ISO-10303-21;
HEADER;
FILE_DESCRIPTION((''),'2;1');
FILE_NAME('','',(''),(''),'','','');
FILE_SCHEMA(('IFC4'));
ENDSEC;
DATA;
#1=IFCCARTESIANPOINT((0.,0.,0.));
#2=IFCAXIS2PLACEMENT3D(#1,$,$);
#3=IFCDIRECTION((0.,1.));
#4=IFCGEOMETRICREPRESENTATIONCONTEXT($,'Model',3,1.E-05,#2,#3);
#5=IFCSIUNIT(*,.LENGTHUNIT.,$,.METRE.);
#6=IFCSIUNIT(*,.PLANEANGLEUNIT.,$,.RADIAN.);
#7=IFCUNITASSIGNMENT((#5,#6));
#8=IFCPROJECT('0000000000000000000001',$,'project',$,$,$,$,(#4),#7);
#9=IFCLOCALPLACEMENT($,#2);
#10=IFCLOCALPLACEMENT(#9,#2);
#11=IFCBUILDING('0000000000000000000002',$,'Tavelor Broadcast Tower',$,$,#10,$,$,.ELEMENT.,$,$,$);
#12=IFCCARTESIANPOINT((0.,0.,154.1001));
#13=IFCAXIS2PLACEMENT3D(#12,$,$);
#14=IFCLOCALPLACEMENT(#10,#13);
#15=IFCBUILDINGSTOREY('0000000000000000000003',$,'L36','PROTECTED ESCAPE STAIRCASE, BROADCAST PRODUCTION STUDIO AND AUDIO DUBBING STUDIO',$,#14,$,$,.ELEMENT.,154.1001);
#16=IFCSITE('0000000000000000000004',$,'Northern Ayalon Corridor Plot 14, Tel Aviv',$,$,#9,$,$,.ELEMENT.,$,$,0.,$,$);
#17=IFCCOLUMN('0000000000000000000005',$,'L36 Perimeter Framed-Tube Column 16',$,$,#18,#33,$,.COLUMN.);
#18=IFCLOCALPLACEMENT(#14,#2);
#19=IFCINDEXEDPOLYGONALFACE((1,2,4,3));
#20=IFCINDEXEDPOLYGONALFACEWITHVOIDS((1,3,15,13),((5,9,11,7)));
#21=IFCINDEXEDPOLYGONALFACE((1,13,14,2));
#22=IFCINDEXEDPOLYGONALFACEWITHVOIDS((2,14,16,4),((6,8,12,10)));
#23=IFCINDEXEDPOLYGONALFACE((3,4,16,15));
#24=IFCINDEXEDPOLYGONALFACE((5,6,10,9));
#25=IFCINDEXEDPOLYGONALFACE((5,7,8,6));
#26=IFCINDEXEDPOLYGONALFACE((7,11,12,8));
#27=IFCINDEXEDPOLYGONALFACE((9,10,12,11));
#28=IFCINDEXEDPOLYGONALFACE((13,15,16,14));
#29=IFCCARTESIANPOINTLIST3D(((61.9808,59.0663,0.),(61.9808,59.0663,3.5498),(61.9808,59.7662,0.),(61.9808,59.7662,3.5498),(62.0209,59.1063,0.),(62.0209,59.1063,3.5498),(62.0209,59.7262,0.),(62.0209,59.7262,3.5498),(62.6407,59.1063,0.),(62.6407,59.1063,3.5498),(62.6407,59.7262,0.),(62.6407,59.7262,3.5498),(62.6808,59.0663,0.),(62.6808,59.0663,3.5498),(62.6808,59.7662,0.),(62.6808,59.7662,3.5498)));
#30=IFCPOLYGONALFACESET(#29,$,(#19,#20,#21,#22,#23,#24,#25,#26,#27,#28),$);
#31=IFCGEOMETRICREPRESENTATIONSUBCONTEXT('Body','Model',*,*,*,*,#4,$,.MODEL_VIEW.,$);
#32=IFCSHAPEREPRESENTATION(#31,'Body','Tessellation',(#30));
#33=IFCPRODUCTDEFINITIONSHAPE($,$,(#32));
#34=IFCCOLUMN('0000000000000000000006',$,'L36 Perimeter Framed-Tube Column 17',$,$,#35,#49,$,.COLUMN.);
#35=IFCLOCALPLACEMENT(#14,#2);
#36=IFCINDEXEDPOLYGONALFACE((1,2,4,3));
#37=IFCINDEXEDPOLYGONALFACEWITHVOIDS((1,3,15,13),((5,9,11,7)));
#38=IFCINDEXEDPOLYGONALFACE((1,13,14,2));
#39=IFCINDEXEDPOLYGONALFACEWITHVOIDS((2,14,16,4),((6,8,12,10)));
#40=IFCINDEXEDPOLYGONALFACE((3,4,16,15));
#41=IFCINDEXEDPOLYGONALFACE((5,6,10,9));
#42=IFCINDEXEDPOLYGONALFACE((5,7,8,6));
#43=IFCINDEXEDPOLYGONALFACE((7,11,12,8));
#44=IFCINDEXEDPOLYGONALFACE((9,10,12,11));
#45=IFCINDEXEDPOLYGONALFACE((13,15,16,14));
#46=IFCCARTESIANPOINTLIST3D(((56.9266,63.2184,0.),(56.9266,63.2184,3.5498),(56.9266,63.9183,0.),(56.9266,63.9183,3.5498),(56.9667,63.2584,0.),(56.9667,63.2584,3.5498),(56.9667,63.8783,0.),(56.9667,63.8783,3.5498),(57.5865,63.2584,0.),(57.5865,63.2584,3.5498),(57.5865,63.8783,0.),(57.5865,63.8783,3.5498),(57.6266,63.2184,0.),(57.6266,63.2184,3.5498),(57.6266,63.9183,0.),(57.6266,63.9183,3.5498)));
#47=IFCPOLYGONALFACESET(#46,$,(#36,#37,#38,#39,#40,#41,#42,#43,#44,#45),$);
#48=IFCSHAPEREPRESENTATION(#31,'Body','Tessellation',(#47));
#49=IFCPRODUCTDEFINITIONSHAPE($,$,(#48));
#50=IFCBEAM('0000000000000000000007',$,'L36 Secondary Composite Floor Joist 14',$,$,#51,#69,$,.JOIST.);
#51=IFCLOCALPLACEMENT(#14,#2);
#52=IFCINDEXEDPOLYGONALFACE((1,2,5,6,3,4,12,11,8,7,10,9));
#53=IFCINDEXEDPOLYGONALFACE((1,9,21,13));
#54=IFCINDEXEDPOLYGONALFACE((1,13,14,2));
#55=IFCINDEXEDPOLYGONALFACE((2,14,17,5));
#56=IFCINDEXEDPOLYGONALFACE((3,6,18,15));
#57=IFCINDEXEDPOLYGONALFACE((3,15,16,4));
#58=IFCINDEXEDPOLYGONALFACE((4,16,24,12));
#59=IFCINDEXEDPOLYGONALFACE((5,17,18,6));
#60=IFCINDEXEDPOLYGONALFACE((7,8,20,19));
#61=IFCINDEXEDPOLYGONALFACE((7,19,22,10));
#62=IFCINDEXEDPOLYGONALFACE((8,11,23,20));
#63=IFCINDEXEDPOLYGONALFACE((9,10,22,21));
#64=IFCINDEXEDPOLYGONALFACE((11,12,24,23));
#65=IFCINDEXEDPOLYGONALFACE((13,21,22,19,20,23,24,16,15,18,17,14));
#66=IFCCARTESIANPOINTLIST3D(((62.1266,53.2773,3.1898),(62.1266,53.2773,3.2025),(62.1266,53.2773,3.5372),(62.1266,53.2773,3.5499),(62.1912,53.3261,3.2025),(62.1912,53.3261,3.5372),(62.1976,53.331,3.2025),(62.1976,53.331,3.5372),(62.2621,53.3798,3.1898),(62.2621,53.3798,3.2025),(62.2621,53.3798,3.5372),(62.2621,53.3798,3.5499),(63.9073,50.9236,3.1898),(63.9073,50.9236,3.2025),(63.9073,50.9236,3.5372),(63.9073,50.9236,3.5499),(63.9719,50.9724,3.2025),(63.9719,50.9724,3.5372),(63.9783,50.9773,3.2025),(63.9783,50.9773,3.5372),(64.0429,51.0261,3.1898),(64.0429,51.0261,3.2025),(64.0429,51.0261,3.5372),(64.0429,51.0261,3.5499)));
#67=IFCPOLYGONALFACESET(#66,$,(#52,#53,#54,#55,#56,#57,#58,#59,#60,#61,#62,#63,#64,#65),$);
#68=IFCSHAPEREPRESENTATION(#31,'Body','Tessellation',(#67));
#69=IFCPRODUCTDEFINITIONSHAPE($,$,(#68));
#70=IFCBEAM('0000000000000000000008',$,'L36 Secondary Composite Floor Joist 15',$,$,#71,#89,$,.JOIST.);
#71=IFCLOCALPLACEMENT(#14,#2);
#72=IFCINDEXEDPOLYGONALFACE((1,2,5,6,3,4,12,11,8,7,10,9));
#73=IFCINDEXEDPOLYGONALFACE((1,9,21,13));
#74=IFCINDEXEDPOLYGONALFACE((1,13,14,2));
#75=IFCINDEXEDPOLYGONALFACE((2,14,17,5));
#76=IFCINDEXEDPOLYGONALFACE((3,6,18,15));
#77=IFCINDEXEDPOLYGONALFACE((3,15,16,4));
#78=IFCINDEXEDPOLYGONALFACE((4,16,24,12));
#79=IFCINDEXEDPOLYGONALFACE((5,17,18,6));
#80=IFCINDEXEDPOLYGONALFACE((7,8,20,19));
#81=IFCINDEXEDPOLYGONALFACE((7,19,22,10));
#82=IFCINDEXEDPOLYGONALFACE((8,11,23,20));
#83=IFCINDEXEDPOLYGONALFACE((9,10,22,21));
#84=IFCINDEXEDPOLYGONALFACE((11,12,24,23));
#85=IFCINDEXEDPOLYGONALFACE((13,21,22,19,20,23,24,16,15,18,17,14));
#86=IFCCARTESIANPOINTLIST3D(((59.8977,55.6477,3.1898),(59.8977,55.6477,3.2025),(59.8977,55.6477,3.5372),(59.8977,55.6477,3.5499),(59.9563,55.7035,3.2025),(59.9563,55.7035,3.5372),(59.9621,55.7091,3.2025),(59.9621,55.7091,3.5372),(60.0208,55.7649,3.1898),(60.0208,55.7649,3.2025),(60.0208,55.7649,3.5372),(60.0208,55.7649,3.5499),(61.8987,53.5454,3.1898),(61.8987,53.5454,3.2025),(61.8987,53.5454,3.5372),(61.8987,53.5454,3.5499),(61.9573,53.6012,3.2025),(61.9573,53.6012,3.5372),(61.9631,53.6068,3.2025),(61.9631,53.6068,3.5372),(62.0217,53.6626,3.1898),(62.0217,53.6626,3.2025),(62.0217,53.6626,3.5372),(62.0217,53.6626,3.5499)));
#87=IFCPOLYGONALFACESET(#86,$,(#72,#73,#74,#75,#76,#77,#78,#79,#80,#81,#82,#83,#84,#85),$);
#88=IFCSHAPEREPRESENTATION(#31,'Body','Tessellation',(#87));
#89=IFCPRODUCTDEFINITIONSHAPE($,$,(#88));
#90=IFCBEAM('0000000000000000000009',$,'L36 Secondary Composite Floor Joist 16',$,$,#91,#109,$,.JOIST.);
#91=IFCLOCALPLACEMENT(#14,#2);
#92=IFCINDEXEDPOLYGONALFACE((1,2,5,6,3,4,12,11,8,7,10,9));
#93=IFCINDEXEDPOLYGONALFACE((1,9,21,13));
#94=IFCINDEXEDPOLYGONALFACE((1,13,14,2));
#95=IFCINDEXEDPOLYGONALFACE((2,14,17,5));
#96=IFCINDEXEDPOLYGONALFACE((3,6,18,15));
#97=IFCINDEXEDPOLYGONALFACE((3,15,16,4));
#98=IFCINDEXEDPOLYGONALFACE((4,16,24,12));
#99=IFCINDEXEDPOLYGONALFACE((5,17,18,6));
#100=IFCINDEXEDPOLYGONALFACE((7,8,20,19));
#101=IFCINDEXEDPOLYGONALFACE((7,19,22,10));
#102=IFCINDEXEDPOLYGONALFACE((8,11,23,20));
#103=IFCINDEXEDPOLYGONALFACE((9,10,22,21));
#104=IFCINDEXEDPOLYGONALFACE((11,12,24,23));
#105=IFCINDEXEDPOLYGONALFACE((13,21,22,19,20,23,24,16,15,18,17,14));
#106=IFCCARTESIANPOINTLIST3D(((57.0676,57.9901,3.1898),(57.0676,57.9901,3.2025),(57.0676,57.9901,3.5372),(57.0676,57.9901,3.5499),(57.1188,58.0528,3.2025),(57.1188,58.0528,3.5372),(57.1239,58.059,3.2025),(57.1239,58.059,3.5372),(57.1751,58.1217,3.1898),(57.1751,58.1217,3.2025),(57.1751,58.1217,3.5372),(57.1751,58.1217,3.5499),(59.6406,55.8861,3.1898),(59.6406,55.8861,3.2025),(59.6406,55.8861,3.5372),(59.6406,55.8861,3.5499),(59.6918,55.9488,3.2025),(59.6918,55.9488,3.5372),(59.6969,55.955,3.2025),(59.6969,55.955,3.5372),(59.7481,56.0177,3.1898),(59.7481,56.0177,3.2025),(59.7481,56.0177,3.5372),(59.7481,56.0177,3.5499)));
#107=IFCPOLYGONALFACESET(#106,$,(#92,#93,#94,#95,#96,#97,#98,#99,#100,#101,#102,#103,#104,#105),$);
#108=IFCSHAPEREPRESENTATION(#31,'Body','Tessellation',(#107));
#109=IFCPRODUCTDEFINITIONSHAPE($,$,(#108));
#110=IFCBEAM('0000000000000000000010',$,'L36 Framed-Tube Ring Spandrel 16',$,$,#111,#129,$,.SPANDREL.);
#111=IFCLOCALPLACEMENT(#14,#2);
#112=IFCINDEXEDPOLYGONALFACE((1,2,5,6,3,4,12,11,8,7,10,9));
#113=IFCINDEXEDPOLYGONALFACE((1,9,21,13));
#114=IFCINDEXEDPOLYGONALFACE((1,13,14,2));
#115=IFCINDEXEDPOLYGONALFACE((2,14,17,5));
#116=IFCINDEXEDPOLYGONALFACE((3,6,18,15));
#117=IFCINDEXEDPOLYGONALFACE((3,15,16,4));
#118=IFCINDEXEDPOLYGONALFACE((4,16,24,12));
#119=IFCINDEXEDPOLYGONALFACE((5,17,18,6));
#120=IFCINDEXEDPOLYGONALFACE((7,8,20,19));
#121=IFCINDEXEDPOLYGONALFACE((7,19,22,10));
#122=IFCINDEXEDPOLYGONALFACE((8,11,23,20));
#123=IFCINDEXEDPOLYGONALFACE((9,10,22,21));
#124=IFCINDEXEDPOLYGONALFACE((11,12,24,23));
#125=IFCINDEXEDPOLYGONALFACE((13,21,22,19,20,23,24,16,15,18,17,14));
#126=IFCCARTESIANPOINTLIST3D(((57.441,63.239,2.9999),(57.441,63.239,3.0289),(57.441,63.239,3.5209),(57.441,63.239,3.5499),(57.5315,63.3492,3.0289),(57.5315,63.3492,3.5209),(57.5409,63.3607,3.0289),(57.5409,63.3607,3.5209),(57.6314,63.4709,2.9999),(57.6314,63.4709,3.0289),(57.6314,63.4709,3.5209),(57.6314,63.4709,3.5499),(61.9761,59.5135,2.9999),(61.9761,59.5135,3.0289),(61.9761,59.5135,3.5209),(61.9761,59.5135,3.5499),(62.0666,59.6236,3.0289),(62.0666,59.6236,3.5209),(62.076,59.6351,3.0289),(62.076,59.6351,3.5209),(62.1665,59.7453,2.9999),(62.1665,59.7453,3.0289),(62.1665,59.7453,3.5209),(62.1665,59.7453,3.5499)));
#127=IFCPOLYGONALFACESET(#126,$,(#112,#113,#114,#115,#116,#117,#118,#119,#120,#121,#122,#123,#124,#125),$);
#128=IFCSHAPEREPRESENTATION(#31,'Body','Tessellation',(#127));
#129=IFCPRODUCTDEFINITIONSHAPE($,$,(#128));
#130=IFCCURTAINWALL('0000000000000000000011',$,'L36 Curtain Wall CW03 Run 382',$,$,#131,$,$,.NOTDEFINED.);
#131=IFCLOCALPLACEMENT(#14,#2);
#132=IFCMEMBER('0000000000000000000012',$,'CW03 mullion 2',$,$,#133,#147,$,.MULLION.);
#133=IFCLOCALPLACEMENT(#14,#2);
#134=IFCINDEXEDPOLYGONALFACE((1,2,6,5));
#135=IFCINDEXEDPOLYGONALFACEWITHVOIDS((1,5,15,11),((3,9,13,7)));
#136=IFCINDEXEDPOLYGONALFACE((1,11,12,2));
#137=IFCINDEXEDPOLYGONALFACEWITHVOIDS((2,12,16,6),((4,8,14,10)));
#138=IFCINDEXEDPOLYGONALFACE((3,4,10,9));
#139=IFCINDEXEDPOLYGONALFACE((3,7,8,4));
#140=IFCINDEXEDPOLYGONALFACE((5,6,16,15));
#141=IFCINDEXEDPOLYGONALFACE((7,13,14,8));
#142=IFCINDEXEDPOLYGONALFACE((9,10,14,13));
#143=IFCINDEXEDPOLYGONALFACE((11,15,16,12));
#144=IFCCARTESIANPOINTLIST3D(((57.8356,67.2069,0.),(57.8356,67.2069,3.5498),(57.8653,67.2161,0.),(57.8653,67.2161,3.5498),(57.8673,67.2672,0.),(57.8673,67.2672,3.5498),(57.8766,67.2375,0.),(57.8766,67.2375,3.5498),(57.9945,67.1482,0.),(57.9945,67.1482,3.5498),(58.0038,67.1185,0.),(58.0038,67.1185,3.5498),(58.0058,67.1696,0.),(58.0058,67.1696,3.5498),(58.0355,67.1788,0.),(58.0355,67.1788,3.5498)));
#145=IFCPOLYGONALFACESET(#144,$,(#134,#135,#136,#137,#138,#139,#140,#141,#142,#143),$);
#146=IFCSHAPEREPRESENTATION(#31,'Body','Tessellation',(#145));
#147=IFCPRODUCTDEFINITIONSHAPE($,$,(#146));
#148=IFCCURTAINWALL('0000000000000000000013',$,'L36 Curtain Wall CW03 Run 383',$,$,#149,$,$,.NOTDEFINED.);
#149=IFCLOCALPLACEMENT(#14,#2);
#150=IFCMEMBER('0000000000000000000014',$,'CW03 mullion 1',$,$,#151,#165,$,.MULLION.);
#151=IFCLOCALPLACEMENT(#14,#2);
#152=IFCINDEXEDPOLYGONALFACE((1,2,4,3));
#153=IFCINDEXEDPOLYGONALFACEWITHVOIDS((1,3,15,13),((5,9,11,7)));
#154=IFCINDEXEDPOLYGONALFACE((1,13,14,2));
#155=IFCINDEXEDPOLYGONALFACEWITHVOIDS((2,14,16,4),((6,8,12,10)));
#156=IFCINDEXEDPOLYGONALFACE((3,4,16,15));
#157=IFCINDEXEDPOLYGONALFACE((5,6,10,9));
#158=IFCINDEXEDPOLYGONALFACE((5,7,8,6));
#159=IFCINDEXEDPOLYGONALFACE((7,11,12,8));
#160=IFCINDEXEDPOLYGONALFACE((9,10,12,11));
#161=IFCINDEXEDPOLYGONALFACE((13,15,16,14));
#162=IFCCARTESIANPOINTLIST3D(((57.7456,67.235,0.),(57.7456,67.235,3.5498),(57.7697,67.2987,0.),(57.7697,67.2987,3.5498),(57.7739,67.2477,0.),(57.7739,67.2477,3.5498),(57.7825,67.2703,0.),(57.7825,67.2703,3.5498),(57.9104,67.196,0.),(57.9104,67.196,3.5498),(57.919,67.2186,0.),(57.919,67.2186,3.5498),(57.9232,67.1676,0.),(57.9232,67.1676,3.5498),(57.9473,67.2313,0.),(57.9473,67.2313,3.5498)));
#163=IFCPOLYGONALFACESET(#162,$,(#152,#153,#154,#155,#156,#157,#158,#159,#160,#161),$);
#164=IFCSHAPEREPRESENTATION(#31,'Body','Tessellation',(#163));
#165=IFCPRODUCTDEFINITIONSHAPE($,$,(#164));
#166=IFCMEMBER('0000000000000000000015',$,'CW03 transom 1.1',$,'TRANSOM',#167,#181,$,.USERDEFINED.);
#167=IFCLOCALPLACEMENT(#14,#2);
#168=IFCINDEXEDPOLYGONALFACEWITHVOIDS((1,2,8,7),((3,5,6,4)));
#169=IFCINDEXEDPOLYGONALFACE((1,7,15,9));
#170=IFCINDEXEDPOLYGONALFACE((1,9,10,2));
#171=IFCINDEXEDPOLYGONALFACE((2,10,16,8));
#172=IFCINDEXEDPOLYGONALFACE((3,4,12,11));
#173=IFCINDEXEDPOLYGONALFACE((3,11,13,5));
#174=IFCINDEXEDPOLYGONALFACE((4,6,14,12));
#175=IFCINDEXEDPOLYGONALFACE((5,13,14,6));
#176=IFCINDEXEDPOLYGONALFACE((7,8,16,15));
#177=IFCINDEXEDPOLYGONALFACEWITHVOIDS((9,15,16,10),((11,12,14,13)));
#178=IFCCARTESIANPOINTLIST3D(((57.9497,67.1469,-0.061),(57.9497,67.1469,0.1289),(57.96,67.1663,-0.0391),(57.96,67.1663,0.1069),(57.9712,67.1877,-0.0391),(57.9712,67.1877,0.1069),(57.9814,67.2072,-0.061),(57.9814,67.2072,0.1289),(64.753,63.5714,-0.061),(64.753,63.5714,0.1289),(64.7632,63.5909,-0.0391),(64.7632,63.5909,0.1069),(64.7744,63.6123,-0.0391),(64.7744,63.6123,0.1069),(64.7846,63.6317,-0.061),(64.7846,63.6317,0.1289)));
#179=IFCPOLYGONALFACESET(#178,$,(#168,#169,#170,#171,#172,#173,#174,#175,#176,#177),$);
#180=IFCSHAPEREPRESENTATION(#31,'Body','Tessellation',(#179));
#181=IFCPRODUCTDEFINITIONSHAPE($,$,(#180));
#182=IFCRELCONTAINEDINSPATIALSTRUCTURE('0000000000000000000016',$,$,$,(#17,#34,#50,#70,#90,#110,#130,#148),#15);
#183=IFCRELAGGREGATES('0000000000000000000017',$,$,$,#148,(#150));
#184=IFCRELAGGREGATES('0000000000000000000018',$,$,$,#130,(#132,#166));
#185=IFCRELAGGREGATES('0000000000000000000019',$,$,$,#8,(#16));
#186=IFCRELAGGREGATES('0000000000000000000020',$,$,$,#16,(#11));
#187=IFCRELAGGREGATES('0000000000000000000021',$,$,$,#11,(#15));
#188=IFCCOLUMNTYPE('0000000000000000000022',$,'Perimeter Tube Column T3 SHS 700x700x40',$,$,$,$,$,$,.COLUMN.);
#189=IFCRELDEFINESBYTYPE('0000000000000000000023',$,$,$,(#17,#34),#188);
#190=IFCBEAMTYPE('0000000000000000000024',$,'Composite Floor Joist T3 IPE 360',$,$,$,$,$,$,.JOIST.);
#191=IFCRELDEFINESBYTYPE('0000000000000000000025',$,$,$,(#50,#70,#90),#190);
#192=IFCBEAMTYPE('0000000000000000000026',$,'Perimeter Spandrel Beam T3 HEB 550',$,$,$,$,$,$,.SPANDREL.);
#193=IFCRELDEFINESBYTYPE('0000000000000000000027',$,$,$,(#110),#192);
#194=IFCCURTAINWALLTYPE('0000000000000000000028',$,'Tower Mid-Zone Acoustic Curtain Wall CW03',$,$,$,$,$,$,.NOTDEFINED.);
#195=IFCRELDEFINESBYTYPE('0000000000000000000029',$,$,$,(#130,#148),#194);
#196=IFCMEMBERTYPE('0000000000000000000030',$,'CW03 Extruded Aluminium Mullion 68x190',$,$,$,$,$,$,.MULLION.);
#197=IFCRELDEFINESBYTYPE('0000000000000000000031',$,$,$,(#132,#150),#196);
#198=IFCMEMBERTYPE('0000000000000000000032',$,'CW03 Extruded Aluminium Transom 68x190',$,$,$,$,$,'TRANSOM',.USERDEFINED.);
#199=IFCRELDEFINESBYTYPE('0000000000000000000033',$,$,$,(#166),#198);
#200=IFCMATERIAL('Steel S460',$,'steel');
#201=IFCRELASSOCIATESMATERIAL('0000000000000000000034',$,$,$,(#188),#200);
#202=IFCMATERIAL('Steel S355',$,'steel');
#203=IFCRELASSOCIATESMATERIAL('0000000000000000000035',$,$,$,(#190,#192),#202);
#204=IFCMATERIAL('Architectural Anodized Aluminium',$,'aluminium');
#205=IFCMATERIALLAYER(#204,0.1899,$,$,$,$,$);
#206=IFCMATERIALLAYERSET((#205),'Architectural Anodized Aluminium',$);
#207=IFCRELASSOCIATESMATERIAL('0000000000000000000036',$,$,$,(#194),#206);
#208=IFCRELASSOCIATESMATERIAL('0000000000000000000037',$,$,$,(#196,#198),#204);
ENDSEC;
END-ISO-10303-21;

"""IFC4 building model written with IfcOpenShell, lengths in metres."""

from ifc_helpers import new_model, si_unit, direction, frame, origin, origin_2d, place, context, subcontext, project, spatial, hollow_rectangle, i_section, extrude, source, transform, mapped, material, layer, layer_set, material_profile, profile_set, type_object, type_shapes, element, aggregate, save


model = new_model("IFC4")

# Units and contexts
model_context = context("Model", 3, precision=1e-05, world=origin(), true_north=direction((0.0, 1.0)))
body_context = subcontext(model_context, "Body", "Model", "MODEL_VIEW")
ifc_project = project(units=[si_unit("LENGTHUNIT", "METRE"), si_unit("PLANEANGLEUNIT", "RADIAN")], contexts=[model_context])

# Site, building, storey
site_placement = place(None, origin())
site = spatial("IfcSite", under=ifc_project, at=site_placement, Name="Northern Ayalon Corridor Plot 14, Tel Aviv", CompositionType="ELEMENT", RefElevation=0.0)
building_placement = place(site_placement, origin())
building = spatial("IfcBuilding", under=site, at=building_placement, Name="Tavelor Broadcast Tower", CompositionType="ELEMENT")
storey_placement = place(building_placement, frame((0.0, 0.0, 154.1001)))
storey = spatial("IfcBuildingStorey", under=building, at=storey_placement, Name="L36", Description="PROTECTED ESCAPE STAIRCASE, BROADCAST PRODUCTION STUDIO AND AUDIO DUBBING STUDIO", CompositionType="ELEMENT", Elevation=154.1001)

# Columns
ifc_material_1 = material(Name="Steel S460", Category="steel")
ifc_material_profile_1 = material_profile(ifc_material_1, hollow_rectangle(XDim=0.7, YDim=0.7, WallThickness=0.04, at=origin_2d()), Name="SHS 700x700x40")
ifc_profile_set_1 = profile_set([ifc_material_profile_1], Name="Steel S460")
column_type = type_object("IfcColumnType", Name="Perimeter Tube Column T3 SHS 700x700x40", PredefinedType="COLUMN", material=ifc_profile_set_1)
for number, where, z_axis, x_axis, name in (
    (1, (62.3308, 59.4163, 0.0), (0.0, 0.0, 1.0), (1.0, 0.0, 0.0), "L36 Perimeter Framed-Tube Column 16"),
    (2, (57.2766, 63.5684, 0.0), (0.0, 0.0, 1.0), (1.0, 0.0, 0.0), "L36 Perimeter Framed-Tube Column 17"),
):
    element("IfcColumn", number, at=place(storey_placement, frame(where, z_axis=z_axis, x_axis=x_axis)), inside=storey, type_object=column_type, Name=name, PredefinedType="COLUMN", context=body_context, shape_type="SweptSolid", body=[
        extrude(hollow_rectangle(XDim=0.7, YDim=0.7, WallThickness=0.04, at=origin_2d()), origin(), (0.0, 0.0, 1.0), 3.5498),
    ])

# Beams
ifc_material_2 = material(Name="Steel S355", Category="steel")
ifc_material_profile_2 = material_profile(ifc_material_2, i_section(OverallWidth=0.1699, OverallDepth=0.3601, WebThickness=0.0081, FlangeThickness=0.0127, at=origin_2d()), Name="IPE 360")
ifc_profile_set_2 = profile_set([ifc_material_profile_2], Name="Steel S355")
beam_type_1 = type_object("IfcBeamType", Name="Composite Floor Joist T3 IPE 360", PredefinedType="JOIST", material=ifc_profile_set_2)
beam_1_placement = place(storey_placement, frame((63.9751, 50.9749, 3.3699), z_axis=(-0.603343, 0.797482, 0.0), x_axis=(-0.797482, -0.603343, 0.0)))
element("IfcBeam", 3, at=beam_1_placement, inside=storey, type_object=beam_type_1, Name="L36 Secondary Composite Floor Joist 14", PredefinedType="JOIST", context=body_context, shape_type="SweptSolid", body=[
    extrude(i_section(OverallWidth=0.1699, OverallDepth=0.3601, WebThickness=0.0081, FlangeThickness=0.0127, at=origin_2d()), origin(), (0.0, 0.0, 1.0), 2.9514),
])
beam_2_placement = place(storey_placement, frame((61.9602, 53.604, 3.3699), z_axis=(-0.689437, 0.724346, 0.0), x_axis=(-0.724346, -0.689437, 0.0)))
element("IfcBeam", 4, at=beam_2_placement, inside=storey, type_object=beam_type_1, Name="L36 Secondary Composite Floor Joist 15", PredefinedType="JOIST", context=body_context, shape_type="SweptSolid", body=[
    extrude(i_section(OverallWidth=0.1699, OverallDepth=0.3601, WebThickness=0.0081, FlangeThickness=0.0127, at=origin_2d()), origin(), (0.0, 0.0, 1.0), 2.9023),
])
beam_3_placement = place(storey_placement, frame((59.6943, 55.9519, 3.3699), z_axis=(-0.774131, 0.633026, 0.0), x_axis=(-0.633026, -0.774131, 0.0)))
element("IfcBeam", 5, at=beam_3_placement, inside=storey, type_object=beam_type_1, Name="L36 Secondary Composite Floor Joist 16", PredefinedType="JOIST", context=body_context, shape_type="SweptSolid", body=[
    extrude(i_section(OverallWidth=0.1699, OverallDepth=0.3601, WebThickness=0.0081, FlangeThickness=0.0127, at=origin_2d()), origin(), (0.0, 0.0, 1.0), 3.3237),
])
ifc_material_profile_3 = material_profile(ifc_material_2, i_section(OverallWidth=0.3, OverallDepth=0.55, WebThickness=0.0149, FlangeThickness=0.0291, at=origin_2d()), Name="HEB 550")
ifc_profile_set_3 = profile_set([ifc_material_profile_3], Name="Steel S355")
beam_type_2 = type_object("IfcBeamType", Name="Perimeter Spandrel Beam T3 HEB 550", PredefinedType="SPANDREL", material=ifc_profile_set_3)
beam_4_placement = place(storey_placement, frame((62.0713, 59.6294, 3.2749), z_axis=(-0.772703, 0.634768, 0.0), x_axis=(-0.634768, -0.772703, 0.0)))
element("IfcBeam", 6, at=beam_4_placement, inside=storey, type_object=beam_type_2, Name="L36 Framed-Tube Ring Spandrel 16", PredefinedType="SPANDREL", context=body_context, shape_type="SweptSolid", body=[
    extrude(i_section(OverallWidth=0.3, OverallDepth=0.55, WebThickness=0.0149, FlangeThickness=0.0291, at=origin_2d()), origin(), (0.0, 0.0, 1.0), 5.8691),
])

# Curtain walls, members
ifc_material_3 = material(Name="Architectural Anodized Aluminium", Category="aluminium")
ifc_layer_1 = layer(ifc_material_3, 0.1899)
ifc_layer_set_1 = layer_set([ifc_layer_1], Name="Architectural Anodized Aluminium")
curtain_wall_type = type_object("IfcCurtainWallType", Name="Tower Mid-Zone Acoustic Curtain Wall CW03", PredefinedType="NOTDEFINED", material=ifc_layer_set_1)
curtain_wall_1_placement = place(storey_placement, origin())
curtain_wall_1 = element("IfcCurtainWall", 7, at=curtain_wall_1_placement, inside=storey, type_object=curtain_wall_type, Name="L36 Curtain Wall CW03 Run 382", PredefinedType="NOTDEFINED")
ifc_material_profile_4 = material_profile(ifc_material_3, hollow_rectangle(XDim=0.0681, YDim=0.1899, WallThickness=0.022, at=origin_2d()), Name="RHS 68x190x22")
ifc_profile_set_4 = profile_set([ifc_material_profile_4], Name="Architectural Anodized Aluminium")
member_type_1 = type_object("IfcMemberType", Name="CW03 Extruded Aluminium Mullion 68x190", PredefinedType="MULLION", material=ifc_profile_set_4)
shared_shape_1 = source(origin(), body_context, "Body", "SweptSolid", [
    extrude(hollow_rectangle(XDim=0.0681, YDim=0.1899, WallThickness=0.022, at=origin_2d()), origin(), (0.0, 0.0, 1.0), 3.5498),
])
type_shapes(member_type_1, [shared_shape_1])
member_1_placement = place(storey_placement, frame((57.9355, 67.1929, 0.0), z_axis=(0.0, 0.0, 1.0), x_axis=(-0.465221, -0.885195, 0.0)))
member_1 = element("IfcMember", 8, at=member_1_placement, type_object=member_type_1, Name="CW03 mullion 2", PredefinedType="MULLION", context=body_context, shape_type="MappedRepresentation", body=[
    mapped(shared_shape_1, transform((0.0, 0.0, 0.0), scale=1.0)),
])
curtain_wall_2_placement = place(storey_placement, origin())
curtain_wall_2 = element("IfcCurtainWall", 9, at=curtain_wall_2_placement, inside=storey, type_object=curtain_wall_type, Name="L36 Curtain Wall CW03 Run 383", PredefinedType="NOTDEFINED")
member_2_placement = place(storey_placement, frame((57.8464, 67.2332, 0.0), z_axis=(0.0, 0.0, 1.0), x_axis=(-0.354699, -0.93498, 0.0)))
member_2 = element("IfcMember", 10, at=member_2_placement, type_object=member_type_1, Name="CW03 mullion 1", PredefinedType="MULLION", context=body_context, shape_type="MappedRepresentation", body=[
    mapped(shared_shape_1, transform((0.0, 0.0, 0.0), scale=1.0)),
])

# Member
ifc_material_profile_5 = material_profile(ifc_material_3, hollow_rectangle(XDim=0.0681, YDim=0.1899, WallThickness=0.022, at=origin_2d()), Name="RHS 68x190x22")
ifc_profile_set_5 = profile_set([ifc_material_profile_5], Name="Architectural Anodized Aluminium")
member_type_2 = type_object("IfcMemberType", Name="CW03 Extruded Aluminium Transom 68x190", ElementType="TRANSOM", PredefinedType="USERDEFINED", material=ifc_profile_set_5)
shared_shape_2 = source(origin(), body_context, "Body", "SweptSolid", [
    extrude(hollow_rectangle(XDim=0.0681, YDim=0.1899, WallThickness=0.022, at=origin_2d()), origin(), (0.0, 0.0, 1.0), 7.6855),
])
member_3_placement = place(storey_placement, frame((64.7688, 63.6016, 0.0339), z_axis=(-0.885197, 0.465216, 0.0), x_axis=(-0.465216, -0.885197, 0.0)))
member_3 = element("IfcMember", 11, at=member_3_placement, type_object=member_type_2, Name="CW03 transom 1.1", ObjectType="TRANSOM", PredefinedType="USERDEFINED", context=body_context, shape_type="MappedRepresentation", body=[
    mapped(shared_shape_2, transform((0.0, 0.0, 0.0), scale=1.0)),
])
aggregate(curtain_wall_2, [member_2])

aggregate(curtain_wall_1, [member_1, member_3])

save(model, "model.ifc")
